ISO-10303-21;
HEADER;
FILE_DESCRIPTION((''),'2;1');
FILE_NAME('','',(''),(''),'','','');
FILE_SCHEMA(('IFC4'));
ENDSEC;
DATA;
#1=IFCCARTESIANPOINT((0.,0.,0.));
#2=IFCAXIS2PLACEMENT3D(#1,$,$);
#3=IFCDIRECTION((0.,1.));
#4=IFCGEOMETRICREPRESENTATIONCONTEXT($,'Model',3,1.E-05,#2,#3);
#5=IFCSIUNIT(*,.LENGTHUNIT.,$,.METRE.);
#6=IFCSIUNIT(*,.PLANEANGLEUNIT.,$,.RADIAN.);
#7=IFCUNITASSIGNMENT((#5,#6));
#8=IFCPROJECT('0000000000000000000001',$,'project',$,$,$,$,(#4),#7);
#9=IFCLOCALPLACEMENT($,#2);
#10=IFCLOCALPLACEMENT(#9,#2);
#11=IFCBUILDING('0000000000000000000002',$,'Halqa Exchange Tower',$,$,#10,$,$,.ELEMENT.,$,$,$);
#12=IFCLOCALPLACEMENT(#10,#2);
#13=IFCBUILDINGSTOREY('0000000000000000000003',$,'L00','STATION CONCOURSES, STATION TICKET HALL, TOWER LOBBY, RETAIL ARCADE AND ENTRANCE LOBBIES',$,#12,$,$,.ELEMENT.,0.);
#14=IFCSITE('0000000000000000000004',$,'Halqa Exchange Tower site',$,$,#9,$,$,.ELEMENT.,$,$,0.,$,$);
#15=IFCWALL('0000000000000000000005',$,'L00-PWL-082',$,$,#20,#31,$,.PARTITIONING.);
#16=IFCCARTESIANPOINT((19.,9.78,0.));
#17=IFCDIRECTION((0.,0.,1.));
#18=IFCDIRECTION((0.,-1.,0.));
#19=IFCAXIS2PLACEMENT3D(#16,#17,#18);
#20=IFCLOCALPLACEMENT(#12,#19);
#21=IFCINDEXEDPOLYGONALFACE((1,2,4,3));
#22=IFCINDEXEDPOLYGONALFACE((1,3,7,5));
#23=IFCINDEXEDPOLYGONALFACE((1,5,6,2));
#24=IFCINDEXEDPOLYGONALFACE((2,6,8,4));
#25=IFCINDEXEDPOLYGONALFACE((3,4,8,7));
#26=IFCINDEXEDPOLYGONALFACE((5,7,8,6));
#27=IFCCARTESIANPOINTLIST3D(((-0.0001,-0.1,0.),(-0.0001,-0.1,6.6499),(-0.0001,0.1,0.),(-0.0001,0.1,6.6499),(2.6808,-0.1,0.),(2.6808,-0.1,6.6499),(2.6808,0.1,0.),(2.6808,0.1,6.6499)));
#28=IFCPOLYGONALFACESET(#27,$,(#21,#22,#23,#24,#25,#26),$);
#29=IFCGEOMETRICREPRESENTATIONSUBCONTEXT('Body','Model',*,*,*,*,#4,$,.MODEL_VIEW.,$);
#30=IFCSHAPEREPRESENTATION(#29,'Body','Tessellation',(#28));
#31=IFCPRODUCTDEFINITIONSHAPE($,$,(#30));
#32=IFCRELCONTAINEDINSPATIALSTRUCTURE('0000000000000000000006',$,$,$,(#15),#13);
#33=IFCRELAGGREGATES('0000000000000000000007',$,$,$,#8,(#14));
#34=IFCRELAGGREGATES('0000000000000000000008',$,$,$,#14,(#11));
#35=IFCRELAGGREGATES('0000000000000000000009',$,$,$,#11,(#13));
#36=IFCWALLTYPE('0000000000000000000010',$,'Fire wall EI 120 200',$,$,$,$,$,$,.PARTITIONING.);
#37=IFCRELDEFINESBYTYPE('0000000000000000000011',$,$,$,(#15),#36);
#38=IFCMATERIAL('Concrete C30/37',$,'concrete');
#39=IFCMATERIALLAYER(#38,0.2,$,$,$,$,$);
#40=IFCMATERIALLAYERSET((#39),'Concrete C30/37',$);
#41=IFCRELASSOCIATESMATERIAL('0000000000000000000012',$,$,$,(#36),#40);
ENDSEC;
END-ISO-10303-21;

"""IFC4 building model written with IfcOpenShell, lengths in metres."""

from ifc_helpers import new_model, si_unit, direction, frame, frame_2d, origin, place, context, subcontext, project, spatial, rectangle, extrude, material, layer, layer_set, type_object, element, save


model = new_model("IFC4")

# Units and contexts
model_context = context("Model", 3, precision=1e-05, world=origin(), true_north=direction((0.0, 1.0)))
body_context = subcontext(model_context, "Body", "Model", "MODEL_VIEW")
ifc_project = project(units=[si_unit("LENGTHUNIT", "METRE"), si_unit("PLANEANGLEUNIT", "RADIAN")], contexts=[model_context])

# Site, building, storey
site_placement = place(None, origin())
site = spatial("IfcSite", under=ifc_project, at=site_placement, Name="Halqa Exchange Tower site", CompositionType="ELEMENT", RefElevation=0.0)
building_placement = place(site_placement, origin())
building = spatial("IfcBuilding", under=site, at=building_placement, Name="Halqa Exchange Tower", CompositionType="ELEMENT")
storey_placement = place(building_placement, origin())
storey = spatial("IfcBuildingStorey", under=building, at=storey_placement, Name="L00", Description="STATION CONCOURSES, STATION TICKET HALL, TOWER LOBBY, RETAIL ARCADE AND ENTRANCE LOBBIES", CompositionType="ELEMENT", Elevation=0.0)

# Wall
ifc_material_1 = material(Name="Concrete C30/37", Category="concrete")
ifc_layer_1 = layer(ifc_material_1, 0.2)
ifc_layer_set_1 = layer_set([ifc_layer_1], Name="Concrete C30/37")
wall_type_1 = type_object("IfcWallType", Name="Fire wall EI 120 200", PredefinedType="PARTITIONING", material=ifc_layer_set_1)
wall_1_placement = place(storey_placement, frame((19.0, 9.78, 0.0), z_axis=(0.0, 0.0, 1.0), x_axis=(0.0, -1.0, 0.0)))
element("IfcWall", 1, at=wall_1_placement, inside=storey, type_object=wall_type_1, Name="L00-PWL-082", PredefinedType="PARTITIONING", context=body_context, shape_type="SweptSolid", body=[
    extrude(rectangle(XDim=2.6809, YDim=0.2, at=frame_2d((1.3403, 0.0))), origin(), (0.0, 0.0, 1.0), 6.6499),
])

save(model, "model.ifc")
